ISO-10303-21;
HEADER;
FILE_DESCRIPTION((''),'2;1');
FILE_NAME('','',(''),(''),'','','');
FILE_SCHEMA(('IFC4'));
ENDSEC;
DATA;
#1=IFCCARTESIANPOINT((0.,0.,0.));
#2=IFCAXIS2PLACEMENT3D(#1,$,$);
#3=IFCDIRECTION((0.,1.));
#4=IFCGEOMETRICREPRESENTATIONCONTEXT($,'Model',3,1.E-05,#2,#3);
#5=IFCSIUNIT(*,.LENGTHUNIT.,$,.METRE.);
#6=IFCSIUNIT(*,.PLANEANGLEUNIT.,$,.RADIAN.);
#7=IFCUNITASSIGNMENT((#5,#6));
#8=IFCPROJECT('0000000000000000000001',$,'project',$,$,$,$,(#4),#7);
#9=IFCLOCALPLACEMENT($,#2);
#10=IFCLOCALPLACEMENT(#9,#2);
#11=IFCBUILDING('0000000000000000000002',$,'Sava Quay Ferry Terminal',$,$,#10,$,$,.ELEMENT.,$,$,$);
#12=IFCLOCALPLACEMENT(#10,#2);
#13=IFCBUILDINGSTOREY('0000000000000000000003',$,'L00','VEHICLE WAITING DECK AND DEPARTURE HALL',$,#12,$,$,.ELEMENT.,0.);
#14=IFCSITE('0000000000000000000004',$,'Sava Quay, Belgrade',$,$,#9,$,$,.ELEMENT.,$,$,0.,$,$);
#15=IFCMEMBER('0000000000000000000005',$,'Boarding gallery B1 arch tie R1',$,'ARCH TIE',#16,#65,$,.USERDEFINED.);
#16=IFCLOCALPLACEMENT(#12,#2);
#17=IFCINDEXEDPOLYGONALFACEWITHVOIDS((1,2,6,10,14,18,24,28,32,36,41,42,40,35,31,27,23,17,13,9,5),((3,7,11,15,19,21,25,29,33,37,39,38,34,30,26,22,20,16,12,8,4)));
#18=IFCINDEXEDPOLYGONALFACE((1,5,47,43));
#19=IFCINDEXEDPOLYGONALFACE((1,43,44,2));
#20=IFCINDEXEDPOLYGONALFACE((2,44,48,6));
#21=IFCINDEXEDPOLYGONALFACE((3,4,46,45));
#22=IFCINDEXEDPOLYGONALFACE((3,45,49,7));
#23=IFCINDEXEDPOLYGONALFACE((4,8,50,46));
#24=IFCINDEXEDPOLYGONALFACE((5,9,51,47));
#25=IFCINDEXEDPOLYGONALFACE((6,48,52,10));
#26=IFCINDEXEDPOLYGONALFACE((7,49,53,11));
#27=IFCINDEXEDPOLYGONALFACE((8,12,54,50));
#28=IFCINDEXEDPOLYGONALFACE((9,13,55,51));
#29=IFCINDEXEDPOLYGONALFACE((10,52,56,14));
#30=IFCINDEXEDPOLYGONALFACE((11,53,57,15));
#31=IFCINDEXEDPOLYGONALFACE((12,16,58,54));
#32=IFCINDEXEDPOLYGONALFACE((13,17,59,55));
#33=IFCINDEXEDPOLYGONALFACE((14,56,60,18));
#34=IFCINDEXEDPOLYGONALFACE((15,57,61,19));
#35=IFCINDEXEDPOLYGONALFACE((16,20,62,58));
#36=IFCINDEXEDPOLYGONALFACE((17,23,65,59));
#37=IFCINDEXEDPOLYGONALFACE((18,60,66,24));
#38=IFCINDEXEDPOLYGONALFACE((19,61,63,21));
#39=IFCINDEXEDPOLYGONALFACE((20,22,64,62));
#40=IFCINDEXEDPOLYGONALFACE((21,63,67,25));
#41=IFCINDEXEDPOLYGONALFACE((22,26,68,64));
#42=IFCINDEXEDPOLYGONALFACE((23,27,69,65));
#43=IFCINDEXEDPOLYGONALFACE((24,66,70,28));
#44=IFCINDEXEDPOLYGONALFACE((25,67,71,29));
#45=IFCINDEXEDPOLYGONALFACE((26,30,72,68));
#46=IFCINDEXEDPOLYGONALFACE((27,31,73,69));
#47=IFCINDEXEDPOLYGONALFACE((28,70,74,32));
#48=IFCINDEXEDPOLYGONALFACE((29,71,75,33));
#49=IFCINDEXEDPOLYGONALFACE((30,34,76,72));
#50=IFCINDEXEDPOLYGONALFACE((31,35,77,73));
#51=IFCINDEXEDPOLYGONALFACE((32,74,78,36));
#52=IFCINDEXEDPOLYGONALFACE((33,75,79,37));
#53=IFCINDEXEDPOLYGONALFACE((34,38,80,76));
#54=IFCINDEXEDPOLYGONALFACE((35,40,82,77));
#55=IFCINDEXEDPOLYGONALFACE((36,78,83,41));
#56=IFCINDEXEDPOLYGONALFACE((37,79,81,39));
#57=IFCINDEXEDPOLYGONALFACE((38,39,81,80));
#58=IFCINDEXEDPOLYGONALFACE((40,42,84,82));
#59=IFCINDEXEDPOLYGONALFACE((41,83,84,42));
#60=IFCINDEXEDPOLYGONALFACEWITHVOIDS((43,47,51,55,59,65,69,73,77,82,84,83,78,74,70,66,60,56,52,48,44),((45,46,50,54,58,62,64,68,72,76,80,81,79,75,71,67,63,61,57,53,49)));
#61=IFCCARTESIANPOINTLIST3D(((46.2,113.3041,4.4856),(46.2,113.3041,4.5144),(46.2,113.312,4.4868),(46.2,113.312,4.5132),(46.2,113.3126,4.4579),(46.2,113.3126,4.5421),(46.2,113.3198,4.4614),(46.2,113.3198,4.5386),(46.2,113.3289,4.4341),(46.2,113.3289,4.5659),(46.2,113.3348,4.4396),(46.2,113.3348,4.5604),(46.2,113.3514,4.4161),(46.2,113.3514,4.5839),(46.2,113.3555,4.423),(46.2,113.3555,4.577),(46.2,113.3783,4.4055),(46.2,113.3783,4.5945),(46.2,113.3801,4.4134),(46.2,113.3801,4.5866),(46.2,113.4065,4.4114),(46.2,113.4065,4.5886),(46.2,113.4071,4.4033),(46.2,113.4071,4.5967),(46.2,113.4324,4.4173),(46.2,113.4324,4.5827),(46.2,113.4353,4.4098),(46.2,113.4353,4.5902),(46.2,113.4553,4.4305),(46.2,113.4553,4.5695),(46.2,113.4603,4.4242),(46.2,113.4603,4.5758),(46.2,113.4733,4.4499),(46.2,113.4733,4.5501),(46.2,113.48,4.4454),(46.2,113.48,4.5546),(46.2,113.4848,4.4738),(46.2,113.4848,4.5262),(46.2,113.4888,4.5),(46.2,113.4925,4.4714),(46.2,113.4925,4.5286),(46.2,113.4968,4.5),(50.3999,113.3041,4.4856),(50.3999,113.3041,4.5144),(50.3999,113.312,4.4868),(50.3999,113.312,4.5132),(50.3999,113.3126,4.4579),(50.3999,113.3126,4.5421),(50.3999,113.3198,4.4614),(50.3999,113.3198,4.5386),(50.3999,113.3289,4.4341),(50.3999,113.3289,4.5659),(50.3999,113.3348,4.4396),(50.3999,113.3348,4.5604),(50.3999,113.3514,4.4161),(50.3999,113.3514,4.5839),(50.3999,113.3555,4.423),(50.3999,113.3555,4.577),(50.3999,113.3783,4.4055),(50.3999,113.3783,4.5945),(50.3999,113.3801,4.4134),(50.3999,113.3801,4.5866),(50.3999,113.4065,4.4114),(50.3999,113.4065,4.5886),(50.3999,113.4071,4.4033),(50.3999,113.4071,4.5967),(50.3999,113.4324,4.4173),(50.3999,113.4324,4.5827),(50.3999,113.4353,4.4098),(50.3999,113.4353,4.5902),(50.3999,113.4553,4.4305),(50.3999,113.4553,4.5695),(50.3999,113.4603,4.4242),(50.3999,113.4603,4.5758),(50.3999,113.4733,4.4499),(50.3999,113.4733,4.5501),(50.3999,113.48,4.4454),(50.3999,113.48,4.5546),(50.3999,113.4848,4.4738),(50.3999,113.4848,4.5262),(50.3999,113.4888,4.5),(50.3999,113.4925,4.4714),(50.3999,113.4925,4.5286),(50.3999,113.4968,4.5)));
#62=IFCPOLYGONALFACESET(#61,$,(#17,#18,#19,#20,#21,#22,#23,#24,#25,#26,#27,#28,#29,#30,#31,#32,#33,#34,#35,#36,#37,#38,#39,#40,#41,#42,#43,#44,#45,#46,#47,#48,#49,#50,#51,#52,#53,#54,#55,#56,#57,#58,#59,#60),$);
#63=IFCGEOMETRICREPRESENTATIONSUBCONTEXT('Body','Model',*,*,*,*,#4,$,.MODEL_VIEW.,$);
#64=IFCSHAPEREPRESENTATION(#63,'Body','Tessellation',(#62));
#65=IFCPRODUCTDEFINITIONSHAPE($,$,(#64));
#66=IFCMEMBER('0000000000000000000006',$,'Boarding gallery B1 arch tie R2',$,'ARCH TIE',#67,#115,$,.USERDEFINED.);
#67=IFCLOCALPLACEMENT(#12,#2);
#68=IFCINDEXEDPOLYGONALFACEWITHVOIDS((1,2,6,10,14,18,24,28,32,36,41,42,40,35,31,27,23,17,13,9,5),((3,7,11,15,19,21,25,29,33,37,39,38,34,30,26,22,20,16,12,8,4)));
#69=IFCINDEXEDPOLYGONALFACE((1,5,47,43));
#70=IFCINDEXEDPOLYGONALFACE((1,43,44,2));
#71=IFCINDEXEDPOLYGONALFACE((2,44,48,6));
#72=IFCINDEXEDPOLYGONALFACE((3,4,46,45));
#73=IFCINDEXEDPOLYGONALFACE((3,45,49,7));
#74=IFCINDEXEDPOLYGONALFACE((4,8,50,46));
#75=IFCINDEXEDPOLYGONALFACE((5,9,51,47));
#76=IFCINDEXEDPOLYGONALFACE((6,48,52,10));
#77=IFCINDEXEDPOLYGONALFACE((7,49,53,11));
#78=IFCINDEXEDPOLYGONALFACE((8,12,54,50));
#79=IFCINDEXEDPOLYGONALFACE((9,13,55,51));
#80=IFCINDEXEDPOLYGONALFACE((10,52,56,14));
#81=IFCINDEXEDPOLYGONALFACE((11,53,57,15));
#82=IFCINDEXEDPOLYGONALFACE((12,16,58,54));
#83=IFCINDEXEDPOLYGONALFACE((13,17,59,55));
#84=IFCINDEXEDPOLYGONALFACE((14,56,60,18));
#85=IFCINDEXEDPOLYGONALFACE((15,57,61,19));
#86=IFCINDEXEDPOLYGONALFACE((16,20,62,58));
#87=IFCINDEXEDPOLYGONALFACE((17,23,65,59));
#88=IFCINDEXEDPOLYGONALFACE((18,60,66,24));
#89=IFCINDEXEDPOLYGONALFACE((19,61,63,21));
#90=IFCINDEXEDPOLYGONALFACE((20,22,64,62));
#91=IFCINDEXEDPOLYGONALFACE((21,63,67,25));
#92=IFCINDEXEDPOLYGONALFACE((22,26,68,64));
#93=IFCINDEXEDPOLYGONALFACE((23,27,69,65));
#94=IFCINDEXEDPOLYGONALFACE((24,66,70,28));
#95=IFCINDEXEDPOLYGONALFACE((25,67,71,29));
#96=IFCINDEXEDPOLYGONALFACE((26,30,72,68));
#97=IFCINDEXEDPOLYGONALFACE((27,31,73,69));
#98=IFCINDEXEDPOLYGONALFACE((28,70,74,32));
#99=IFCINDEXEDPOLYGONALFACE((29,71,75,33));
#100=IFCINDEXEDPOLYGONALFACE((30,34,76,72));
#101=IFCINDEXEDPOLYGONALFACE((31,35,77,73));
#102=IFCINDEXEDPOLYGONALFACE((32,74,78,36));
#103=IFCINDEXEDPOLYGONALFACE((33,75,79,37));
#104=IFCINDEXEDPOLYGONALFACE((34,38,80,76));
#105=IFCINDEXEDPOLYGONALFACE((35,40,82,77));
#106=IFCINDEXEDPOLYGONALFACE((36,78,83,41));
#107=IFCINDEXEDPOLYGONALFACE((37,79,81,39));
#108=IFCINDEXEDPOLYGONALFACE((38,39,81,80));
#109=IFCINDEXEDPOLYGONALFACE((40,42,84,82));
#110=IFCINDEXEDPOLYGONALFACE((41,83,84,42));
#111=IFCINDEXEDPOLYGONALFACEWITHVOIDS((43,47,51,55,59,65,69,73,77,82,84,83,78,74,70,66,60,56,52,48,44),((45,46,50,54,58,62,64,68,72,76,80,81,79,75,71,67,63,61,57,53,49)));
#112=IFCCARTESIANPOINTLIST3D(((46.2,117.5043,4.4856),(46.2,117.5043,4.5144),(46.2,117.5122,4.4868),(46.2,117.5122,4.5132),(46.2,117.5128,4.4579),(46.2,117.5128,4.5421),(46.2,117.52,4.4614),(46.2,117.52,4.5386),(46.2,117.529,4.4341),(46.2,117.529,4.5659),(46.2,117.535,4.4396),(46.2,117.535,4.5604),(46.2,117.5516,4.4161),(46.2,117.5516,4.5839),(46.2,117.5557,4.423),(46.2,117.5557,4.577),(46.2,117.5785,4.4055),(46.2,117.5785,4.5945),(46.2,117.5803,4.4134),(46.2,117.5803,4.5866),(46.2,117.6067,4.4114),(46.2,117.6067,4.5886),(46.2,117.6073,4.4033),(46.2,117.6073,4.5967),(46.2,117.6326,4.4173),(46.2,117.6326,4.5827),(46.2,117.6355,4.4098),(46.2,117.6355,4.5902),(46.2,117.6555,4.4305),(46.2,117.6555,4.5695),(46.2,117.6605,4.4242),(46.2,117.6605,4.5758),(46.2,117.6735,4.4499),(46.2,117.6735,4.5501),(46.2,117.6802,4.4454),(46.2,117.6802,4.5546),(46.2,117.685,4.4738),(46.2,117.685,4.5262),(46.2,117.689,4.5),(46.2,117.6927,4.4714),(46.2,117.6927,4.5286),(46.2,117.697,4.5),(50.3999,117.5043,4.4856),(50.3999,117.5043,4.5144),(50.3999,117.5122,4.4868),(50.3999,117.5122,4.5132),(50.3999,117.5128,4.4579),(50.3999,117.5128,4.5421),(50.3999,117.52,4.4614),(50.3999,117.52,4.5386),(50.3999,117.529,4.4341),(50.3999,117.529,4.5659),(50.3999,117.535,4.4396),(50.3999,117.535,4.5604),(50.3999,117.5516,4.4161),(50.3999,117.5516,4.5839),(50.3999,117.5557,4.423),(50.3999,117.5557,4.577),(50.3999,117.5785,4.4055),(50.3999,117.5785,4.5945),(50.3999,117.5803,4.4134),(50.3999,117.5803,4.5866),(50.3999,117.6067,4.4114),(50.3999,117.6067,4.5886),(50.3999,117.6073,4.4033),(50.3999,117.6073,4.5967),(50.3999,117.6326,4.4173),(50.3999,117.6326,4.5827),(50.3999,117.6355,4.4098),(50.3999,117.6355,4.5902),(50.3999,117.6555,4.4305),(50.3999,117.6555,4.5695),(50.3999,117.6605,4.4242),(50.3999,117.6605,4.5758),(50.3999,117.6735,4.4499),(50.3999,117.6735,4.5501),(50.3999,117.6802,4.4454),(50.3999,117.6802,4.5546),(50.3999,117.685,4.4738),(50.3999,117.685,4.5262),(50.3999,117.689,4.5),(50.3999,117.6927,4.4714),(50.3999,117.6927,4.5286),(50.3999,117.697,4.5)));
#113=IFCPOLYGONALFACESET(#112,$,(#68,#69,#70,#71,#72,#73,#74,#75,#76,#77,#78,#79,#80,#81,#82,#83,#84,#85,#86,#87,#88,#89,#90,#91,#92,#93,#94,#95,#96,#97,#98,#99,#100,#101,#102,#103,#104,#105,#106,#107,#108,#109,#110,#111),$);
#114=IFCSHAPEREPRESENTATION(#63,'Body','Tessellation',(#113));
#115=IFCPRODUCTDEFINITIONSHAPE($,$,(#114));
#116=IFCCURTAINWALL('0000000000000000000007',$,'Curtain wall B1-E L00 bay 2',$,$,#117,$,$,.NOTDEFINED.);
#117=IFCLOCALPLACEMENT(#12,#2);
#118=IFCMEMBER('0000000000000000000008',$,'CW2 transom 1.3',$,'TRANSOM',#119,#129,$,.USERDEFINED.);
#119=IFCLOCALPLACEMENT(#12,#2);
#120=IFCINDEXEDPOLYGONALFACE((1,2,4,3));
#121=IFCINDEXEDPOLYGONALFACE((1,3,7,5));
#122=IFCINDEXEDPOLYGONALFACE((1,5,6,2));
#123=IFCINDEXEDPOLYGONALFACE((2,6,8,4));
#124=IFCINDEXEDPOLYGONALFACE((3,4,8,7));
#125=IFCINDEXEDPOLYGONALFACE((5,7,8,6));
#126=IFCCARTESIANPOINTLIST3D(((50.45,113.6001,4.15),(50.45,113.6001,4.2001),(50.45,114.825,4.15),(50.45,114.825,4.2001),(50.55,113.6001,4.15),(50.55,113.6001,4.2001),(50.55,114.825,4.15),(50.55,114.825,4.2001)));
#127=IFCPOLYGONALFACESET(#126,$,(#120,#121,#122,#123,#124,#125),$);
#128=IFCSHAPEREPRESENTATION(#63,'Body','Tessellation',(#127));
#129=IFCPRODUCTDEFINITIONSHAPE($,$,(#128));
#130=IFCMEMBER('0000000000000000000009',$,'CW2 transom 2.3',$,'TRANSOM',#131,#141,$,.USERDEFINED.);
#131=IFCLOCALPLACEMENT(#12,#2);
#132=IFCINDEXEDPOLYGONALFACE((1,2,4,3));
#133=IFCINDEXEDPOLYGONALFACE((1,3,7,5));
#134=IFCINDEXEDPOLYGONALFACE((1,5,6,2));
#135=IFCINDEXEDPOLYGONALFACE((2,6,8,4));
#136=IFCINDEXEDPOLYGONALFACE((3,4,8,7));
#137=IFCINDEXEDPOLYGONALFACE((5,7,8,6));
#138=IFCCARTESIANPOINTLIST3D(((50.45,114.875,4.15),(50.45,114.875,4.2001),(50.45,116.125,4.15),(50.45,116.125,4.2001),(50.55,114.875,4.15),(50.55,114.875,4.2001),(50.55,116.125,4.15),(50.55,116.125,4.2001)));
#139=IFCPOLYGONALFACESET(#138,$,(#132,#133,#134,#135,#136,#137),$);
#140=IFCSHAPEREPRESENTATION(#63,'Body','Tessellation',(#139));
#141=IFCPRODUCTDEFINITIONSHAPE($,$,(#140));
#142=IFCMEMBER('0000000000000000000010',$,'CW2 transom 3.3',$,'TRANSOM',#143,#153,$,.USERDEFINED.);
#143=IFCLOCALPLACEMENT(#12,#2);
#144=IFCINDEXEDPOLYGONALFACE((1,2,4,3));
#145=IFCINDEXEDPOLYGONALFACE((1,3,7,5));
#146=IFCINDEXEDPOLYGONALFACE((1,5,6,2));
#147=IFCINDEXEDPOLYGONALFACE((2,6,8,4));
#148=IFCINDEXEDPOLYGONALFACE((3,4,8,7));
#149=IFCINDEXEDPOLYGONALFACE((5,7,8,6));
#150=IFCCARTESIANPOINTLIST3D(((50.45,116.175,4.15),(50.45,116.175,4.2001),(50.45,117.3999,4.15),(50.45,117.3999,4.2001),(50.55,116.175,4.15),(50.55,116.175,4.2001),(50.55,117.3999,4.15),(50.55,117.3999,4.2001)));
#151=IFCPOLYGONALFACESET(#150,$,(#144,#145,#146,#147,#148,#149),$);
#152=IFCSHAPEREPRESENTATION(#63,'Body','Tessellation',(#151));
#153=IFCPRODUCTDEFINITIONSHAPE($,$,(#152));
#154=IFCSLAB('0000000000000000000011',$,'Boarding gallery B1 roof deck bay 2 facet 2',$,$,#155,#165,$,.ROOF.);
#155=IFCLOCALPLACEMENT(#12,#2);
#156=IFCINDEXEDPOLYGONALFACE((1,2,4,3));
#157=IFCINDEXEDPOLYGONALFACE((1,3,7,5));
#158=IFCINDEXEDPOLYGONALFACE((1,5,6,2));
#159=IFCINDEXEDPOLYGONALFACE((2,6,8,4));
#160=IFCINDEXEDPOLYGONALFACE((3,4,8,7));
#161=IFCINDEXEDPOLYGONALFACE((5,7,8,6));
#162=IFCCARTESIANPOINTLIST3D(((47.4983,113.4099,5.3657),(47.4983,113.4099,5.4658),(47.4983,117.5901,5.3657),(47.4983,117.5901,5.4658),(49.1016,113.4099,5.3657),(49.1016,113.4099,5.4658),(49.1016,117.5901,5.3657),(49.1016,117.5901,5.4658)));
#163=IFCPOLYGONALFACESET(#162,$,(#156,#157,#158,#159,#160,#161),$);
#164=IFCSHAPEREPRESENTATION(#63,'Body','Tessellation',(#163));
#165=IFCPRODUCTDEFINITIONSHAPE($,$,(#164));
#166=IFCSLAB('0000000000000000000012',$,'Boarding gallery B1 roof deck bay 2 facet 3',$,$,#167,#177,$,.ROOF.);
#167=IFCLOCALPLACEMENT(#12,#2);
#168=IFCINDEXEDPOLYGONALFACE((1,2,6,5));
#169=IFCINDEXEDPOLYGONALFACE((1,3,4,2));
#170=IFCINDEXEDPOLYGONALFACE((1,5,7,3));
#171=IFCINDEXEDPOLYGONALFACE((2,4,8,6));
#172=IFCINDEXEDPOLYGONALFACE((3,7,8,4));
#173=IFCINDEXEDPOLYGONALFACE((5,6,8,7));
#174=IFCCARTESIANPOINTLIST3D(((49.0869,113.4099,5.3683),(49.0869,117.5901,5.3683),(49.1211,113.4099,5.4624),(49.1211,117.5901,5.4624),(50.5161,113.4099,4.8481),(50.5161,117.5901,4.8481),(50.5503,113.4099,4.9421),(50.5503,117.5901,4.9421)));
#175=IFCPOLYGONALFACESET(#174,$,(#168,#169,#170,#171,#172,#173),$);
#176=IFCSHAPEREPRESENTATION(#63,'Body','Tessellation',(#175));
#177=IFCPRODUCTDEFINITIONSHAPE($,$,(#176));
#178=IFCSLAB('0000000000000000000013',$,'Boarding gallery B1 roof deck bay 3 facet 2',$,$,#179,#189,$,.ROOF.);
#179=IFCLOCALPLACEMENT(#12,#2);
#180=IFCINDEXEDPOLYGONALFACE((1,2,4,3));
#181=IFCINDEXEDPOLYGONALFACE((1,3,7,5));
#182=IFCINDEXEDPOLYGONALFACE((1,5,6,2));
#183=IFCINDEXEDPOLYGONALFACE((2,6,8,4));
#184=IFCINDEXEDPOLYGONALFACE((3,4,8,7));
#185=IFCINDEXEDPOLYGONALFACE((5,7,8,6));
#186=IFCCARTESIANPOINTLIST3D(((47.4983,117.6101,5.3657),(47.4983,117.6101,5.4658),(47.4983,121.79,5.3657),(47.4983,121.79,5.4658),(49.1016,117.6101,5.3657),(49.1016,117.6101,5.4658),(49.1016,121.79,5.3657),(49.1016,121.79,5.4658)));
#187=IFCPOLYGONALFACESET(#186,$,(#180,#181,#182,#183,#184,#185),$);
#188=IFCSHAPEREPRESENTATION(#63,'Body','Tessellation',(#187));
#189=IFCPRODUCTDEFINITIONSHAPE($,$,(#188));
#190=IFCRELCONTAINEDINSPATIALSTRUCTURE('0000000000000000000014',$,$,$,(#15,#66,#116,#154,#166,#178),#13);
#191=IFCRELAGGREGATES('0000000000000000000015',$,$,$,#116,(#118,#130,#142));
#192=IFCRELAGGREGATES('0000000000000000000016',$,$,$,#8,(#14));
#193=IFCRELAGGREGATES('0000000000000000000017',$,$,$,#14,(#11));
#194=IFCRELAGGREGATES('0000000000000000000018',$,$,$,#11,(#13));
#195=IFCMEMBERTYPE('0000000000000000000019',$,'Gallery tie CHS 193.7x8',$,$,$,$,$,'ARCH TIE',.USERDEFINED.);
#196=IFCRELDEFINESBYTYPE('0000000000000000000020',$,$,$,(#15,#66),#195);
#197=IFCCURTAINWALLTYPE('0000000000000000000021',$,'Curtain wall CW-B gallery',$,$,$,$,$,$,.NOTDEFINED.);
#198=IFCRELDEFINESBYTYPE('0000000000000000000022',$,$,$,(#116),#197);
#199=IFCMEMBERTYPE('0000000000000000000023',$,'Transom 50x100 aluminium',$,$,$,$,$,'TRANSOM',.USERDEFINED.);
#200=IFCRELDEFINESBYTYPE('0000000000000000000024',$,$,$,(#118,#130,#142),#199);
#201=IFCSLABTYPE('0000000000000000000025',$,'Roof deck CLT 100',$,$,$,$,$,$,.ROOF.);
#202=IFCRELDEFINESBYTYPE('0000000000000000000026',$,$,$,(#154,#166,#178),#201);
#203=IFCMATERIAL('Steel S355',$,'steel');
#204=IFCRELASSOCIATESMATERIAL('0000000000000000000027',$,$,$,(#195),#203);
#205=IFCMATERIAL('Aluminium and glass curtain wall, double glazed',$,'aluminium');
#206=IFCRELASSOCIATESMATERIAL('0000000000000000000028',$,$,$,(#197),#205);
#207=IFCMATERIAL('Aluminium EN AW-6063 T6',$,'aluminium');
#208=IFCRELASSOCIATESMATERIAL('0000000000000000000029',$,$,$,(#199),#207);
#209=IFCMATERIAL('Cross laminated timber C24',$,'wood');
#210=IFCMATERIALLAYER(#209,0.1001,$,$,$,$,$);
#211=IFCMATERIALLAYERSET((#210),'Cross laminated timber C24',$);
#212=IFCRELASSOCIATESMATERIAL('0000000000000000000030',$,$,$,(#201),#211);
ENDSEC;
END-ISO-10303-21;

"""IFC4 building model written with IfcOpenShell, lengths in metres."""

from ifc_helpers import new_model, si_unit, direction, frame, origin, origin_2d, place, context, subcontext, project, spatial, polyline, rectangle, hollow_circle, outline, extrude, material, layer, layer_set, material_profile, profile_set, type_object, element, aggregate, save


model = new_model("IFC4")

# Units and contexts
model_context = context("Model", 3, precision=1e-05, world=origin(), true_north=direction((0.0, 1.0)))
body_context = subcontext(model_context, "Body", "Model", "MODEL_VIEW")
ifc_project = project(units=[si_unit("LENGTHUNIT", "METRE"), si_unit("PLANEANGLEUNIT", "RADIAN")], contexts=[model_context])

# Site, building, storey
site_placement = place(None, origin())
site = spatial("IfcSite", under=ifc_project, at=site_placement, Name="Sava Quay, Belgrade", CompositionType="ELEMENT", RefElevation=0.0)
building_placement = place(site_placement, origin())
building = spatial("IfcBuilding", under=site, at=building_placement, Name="Sava Quay Ferry Terminal", CompositionType="ELEMENT")
storey_placement = place(building_placement, origin())
storey = spatial("IfcBuildingStorey", under=building, at=storey_placement, Name="L00", Description="VEHICLE WAITING DECK AND DEPARTURE HALL", CompositionType="ELEMENT", Elevation=0.0)

# Members
ifc_material_1 = material(Name="Steel S355", Category="steel")
ifc_material_profile_1 = material_profile(ifc_material_1, hollow_circle(Radius=0.0969, WallThickness=0.0081, at=origin_2d()), Name="CHS 193.7 x 8.0")
ifc_profile_set_1 = profile_set([ifc_material_profile_1], Name="Steel S355")
member_type_1 = type_object("IfcMemberType", Name="Gallery tie CHS 193.7x8", ElementType="ARCH TIE", PredefinedType="USERDEFINED", material=ifc_profile_set_1)
for number, where, z_axis, x_axis, name in (
    (1, (46.2, 113.3999, 4.5), (1.0, 0.0, 0.0), (0.0, 1.0, 0.0), "Boarding gallery B1 arch tie R1"),
    (2, (46.2, 117.6001, 4.5), (1.0, 0.0, 0.0), (0.0, 1.0, 0.0), "Boarding gallery B1 arch tie R2"),
):
    element("IfcMember", number, at=place(storey_placement, frame(where, z_axis=z_axis, x_axis=x_axis)), inside=storey, type_object=member_type_1, Name=name, ObjectType="ARCH TIE", PredefinedType="USERDEFINED", context=body_context, shape_type="SweptSolid", body=[
        extrude(hollow_circle(Radius=0.0969, WallThickness=0.0081, at=origin_2d()), origin(), (0.0, 0.0, 1.0), 4.2),
    ])

# Curtain wall, members
ifc_material_2 = material(Name="Aluminium and glass curtain wall, double glazed", Category="aluminium")
curtain_wall_type = type_object("IfcCurtainWallType", Name="Curtain wall CW-B gallery", PredefinedType="NOTDEFINED", material=ifc_material_2)
curtain_wall_placement = place(storey_placement, origin())
curtain_wall = element("IfcCurtainWall", 3, at=curtain_wall_placement, inside=storey, type_object=curtain_wall_type, Name="Curtain wall B1-E L00 bay 2", PredefinedType="NOTDEFINED")
ifc_material_3 = material(Name="Aluminium EN AW-6063 T6", Category="aluminium")
ifc_material_profile_2 = material_profile(ifc_material_3, rectangle(XDim=0.1001, YDim=0.05, at=origin_2d()), Name="Transom 50x100 aluminium")
ifc_profile_set_2 = profile_set([ifc_material_profile_2], Name="Aluminium EN AW-6063 T6")
member_type_2 = type_object("IfcMemberType", Name="Transom 50x100 aluminium", ElementType="TRANSOM", PredefinedType="USERDEFINED", material=ifc_profile_set_2)
member_1_placement = place(storey_placement, frame((50.5, 113.6001, 4.175), z_axis=(0.0, 1.0, 0.0), x_axis=(-1.0, 0.0, 0.0)))
member_1 = element("IfcMember", 4, at=member_1_placement, type_object=member_type_2, Name="CW2 transom 1.3", ObjectType="TRANSOM", PredefinedType="USERDEFINED", context=body_context, shape_type="SweptSolid", body=[
    extrude(rectangle(XDim=0.1001, YDim=0.05, at=origin_2d()), origin(), (0.0, 0.0, 1.0), 1.2249),
])
member_2_placement = place(storey_placement, frame((50.5, 114.875, 4.175), z_axis=(0.0, 1.0, 0.0), x_axis=(-1.0, 0.0, 0.0)))
member_2 = element("IfcMember", 5, at=member_2_placement, type_object=member_type_2, Name="CW2 transom 2.3", ObjectType="TRANSOM", PredefinedType="USERDEFINED", context=body_context, shape_type="SweptSolid", body=[
    extrude(rectangle(XDim=0.1001, YDim=0.05, at=origin_2d()), origin(), (0.0, 0.0, 1.0), 1.25),
])
member_3_placement = place(storey_placement, frame((50.5, 116.175, 4.175), z_axis=(0.0, 1.0, 0.0), x_axis=(-1.0, 0.0, 0.0)))
member_3 = element("IfcMember", 6, at=member_3_placement, type_object=member_type_2, Name="CW2 transom 3.3", ObjectType="TRANSOM", PredefinedType="USERDEFINED", context=body_context, shape_type="SweptSolid", body=[
    extrude(rectangle(XDim=0.1001, YDim=0.05, at=origin_2d()), origin(), (0.0, 0.0, 1.0), 1.2249),
])
aggregate(curtain_wall, [member_1, member_2, member_3])

# Slabs
ifc_material_4 = material(Name="Cross laminated timber C24", Category="wood")
ifc_layer_1 = layer(ifc_material_4, 0.1001)
ifc_layer_set_1 = layer_set([ifc_layer_1], Name="Cross laminated timber C24")
slab_type = type_object("IfcSlabType", Name="Roof deck CLT 100", PredefinedType="ROOF", material=ifc_layer_set_1)
slab_1_placement = place(storey_placement, frame((47.4983, 113.4099, 5.4658), z_axis=(0.0, 0.0, 1.0), x_axis=(1.0, 0.0, 0.0)))
element("IfcSlab", 7, at=slab_1_placement, inside=storey, type_object=slab_type, Name="Boarding gallery B1 roof deck bay 2 facet 2", PredefinedType="ROOF", context=body_context, shape_type="SweptSolid", body=[
    extrude(outline(polyline([(0.0, 0.0), (1.6033, 0.0), (1.6033, 4.1802), (0.0, 4.1802), (0.0, 0.0)])), origin(), (0.0, 0.0, -1.0), 0.1001),
])
slab_2_placement = place(storey_placement, frame((49.1211, 113.4099, 5.4624), z_axis=(0.342065, 0.0, 0.939676), x_axis=(0.939676, 0.0, -0.342065)))
element("IfcSlab", 8, at=slab_2_placement, inside=storey, type_object=slab_type, Name="Boarding gallery B1 roof deck bay 2 facet 3", PredefinedType="ROOF", context=body_context, shape_type="SweptSolid", body=[
    extrude(outline(polyline([(0.0, 0.0), (1.5209, 0.0), (1.5209, 4.1802), (0.0, 4.1802), (0.0, 0.0)])), origin(), (0.0, 0.0, -1.0), 0.1001),
])
slab_3_placement = place(storey_placement, frame((47.4983, 117.6101, 5.4658), z_axis=(0.0, 0.0, 1.0), x_axis=(1.0, 0.0, 0.0)))
element("IfcSlab", 9, at=slab_3_placement, inside=storey, type_object=slab_type, Name="Boarding gallery B1 roof deck bay 3 facet 2", PredefinedType="ROOF", context=body_context, shape_type="SweptSolid", body=[
    extrude(outline(polyline([(0.0, 0.0), (1.6033, 0.0), (1.6033, 4.1799), (0.0, 4.1799), (0.0, 0.0)])), origin(), (0.0, 0.0, -1.0), 0.1001),
])

save(model, "model.ifc")
